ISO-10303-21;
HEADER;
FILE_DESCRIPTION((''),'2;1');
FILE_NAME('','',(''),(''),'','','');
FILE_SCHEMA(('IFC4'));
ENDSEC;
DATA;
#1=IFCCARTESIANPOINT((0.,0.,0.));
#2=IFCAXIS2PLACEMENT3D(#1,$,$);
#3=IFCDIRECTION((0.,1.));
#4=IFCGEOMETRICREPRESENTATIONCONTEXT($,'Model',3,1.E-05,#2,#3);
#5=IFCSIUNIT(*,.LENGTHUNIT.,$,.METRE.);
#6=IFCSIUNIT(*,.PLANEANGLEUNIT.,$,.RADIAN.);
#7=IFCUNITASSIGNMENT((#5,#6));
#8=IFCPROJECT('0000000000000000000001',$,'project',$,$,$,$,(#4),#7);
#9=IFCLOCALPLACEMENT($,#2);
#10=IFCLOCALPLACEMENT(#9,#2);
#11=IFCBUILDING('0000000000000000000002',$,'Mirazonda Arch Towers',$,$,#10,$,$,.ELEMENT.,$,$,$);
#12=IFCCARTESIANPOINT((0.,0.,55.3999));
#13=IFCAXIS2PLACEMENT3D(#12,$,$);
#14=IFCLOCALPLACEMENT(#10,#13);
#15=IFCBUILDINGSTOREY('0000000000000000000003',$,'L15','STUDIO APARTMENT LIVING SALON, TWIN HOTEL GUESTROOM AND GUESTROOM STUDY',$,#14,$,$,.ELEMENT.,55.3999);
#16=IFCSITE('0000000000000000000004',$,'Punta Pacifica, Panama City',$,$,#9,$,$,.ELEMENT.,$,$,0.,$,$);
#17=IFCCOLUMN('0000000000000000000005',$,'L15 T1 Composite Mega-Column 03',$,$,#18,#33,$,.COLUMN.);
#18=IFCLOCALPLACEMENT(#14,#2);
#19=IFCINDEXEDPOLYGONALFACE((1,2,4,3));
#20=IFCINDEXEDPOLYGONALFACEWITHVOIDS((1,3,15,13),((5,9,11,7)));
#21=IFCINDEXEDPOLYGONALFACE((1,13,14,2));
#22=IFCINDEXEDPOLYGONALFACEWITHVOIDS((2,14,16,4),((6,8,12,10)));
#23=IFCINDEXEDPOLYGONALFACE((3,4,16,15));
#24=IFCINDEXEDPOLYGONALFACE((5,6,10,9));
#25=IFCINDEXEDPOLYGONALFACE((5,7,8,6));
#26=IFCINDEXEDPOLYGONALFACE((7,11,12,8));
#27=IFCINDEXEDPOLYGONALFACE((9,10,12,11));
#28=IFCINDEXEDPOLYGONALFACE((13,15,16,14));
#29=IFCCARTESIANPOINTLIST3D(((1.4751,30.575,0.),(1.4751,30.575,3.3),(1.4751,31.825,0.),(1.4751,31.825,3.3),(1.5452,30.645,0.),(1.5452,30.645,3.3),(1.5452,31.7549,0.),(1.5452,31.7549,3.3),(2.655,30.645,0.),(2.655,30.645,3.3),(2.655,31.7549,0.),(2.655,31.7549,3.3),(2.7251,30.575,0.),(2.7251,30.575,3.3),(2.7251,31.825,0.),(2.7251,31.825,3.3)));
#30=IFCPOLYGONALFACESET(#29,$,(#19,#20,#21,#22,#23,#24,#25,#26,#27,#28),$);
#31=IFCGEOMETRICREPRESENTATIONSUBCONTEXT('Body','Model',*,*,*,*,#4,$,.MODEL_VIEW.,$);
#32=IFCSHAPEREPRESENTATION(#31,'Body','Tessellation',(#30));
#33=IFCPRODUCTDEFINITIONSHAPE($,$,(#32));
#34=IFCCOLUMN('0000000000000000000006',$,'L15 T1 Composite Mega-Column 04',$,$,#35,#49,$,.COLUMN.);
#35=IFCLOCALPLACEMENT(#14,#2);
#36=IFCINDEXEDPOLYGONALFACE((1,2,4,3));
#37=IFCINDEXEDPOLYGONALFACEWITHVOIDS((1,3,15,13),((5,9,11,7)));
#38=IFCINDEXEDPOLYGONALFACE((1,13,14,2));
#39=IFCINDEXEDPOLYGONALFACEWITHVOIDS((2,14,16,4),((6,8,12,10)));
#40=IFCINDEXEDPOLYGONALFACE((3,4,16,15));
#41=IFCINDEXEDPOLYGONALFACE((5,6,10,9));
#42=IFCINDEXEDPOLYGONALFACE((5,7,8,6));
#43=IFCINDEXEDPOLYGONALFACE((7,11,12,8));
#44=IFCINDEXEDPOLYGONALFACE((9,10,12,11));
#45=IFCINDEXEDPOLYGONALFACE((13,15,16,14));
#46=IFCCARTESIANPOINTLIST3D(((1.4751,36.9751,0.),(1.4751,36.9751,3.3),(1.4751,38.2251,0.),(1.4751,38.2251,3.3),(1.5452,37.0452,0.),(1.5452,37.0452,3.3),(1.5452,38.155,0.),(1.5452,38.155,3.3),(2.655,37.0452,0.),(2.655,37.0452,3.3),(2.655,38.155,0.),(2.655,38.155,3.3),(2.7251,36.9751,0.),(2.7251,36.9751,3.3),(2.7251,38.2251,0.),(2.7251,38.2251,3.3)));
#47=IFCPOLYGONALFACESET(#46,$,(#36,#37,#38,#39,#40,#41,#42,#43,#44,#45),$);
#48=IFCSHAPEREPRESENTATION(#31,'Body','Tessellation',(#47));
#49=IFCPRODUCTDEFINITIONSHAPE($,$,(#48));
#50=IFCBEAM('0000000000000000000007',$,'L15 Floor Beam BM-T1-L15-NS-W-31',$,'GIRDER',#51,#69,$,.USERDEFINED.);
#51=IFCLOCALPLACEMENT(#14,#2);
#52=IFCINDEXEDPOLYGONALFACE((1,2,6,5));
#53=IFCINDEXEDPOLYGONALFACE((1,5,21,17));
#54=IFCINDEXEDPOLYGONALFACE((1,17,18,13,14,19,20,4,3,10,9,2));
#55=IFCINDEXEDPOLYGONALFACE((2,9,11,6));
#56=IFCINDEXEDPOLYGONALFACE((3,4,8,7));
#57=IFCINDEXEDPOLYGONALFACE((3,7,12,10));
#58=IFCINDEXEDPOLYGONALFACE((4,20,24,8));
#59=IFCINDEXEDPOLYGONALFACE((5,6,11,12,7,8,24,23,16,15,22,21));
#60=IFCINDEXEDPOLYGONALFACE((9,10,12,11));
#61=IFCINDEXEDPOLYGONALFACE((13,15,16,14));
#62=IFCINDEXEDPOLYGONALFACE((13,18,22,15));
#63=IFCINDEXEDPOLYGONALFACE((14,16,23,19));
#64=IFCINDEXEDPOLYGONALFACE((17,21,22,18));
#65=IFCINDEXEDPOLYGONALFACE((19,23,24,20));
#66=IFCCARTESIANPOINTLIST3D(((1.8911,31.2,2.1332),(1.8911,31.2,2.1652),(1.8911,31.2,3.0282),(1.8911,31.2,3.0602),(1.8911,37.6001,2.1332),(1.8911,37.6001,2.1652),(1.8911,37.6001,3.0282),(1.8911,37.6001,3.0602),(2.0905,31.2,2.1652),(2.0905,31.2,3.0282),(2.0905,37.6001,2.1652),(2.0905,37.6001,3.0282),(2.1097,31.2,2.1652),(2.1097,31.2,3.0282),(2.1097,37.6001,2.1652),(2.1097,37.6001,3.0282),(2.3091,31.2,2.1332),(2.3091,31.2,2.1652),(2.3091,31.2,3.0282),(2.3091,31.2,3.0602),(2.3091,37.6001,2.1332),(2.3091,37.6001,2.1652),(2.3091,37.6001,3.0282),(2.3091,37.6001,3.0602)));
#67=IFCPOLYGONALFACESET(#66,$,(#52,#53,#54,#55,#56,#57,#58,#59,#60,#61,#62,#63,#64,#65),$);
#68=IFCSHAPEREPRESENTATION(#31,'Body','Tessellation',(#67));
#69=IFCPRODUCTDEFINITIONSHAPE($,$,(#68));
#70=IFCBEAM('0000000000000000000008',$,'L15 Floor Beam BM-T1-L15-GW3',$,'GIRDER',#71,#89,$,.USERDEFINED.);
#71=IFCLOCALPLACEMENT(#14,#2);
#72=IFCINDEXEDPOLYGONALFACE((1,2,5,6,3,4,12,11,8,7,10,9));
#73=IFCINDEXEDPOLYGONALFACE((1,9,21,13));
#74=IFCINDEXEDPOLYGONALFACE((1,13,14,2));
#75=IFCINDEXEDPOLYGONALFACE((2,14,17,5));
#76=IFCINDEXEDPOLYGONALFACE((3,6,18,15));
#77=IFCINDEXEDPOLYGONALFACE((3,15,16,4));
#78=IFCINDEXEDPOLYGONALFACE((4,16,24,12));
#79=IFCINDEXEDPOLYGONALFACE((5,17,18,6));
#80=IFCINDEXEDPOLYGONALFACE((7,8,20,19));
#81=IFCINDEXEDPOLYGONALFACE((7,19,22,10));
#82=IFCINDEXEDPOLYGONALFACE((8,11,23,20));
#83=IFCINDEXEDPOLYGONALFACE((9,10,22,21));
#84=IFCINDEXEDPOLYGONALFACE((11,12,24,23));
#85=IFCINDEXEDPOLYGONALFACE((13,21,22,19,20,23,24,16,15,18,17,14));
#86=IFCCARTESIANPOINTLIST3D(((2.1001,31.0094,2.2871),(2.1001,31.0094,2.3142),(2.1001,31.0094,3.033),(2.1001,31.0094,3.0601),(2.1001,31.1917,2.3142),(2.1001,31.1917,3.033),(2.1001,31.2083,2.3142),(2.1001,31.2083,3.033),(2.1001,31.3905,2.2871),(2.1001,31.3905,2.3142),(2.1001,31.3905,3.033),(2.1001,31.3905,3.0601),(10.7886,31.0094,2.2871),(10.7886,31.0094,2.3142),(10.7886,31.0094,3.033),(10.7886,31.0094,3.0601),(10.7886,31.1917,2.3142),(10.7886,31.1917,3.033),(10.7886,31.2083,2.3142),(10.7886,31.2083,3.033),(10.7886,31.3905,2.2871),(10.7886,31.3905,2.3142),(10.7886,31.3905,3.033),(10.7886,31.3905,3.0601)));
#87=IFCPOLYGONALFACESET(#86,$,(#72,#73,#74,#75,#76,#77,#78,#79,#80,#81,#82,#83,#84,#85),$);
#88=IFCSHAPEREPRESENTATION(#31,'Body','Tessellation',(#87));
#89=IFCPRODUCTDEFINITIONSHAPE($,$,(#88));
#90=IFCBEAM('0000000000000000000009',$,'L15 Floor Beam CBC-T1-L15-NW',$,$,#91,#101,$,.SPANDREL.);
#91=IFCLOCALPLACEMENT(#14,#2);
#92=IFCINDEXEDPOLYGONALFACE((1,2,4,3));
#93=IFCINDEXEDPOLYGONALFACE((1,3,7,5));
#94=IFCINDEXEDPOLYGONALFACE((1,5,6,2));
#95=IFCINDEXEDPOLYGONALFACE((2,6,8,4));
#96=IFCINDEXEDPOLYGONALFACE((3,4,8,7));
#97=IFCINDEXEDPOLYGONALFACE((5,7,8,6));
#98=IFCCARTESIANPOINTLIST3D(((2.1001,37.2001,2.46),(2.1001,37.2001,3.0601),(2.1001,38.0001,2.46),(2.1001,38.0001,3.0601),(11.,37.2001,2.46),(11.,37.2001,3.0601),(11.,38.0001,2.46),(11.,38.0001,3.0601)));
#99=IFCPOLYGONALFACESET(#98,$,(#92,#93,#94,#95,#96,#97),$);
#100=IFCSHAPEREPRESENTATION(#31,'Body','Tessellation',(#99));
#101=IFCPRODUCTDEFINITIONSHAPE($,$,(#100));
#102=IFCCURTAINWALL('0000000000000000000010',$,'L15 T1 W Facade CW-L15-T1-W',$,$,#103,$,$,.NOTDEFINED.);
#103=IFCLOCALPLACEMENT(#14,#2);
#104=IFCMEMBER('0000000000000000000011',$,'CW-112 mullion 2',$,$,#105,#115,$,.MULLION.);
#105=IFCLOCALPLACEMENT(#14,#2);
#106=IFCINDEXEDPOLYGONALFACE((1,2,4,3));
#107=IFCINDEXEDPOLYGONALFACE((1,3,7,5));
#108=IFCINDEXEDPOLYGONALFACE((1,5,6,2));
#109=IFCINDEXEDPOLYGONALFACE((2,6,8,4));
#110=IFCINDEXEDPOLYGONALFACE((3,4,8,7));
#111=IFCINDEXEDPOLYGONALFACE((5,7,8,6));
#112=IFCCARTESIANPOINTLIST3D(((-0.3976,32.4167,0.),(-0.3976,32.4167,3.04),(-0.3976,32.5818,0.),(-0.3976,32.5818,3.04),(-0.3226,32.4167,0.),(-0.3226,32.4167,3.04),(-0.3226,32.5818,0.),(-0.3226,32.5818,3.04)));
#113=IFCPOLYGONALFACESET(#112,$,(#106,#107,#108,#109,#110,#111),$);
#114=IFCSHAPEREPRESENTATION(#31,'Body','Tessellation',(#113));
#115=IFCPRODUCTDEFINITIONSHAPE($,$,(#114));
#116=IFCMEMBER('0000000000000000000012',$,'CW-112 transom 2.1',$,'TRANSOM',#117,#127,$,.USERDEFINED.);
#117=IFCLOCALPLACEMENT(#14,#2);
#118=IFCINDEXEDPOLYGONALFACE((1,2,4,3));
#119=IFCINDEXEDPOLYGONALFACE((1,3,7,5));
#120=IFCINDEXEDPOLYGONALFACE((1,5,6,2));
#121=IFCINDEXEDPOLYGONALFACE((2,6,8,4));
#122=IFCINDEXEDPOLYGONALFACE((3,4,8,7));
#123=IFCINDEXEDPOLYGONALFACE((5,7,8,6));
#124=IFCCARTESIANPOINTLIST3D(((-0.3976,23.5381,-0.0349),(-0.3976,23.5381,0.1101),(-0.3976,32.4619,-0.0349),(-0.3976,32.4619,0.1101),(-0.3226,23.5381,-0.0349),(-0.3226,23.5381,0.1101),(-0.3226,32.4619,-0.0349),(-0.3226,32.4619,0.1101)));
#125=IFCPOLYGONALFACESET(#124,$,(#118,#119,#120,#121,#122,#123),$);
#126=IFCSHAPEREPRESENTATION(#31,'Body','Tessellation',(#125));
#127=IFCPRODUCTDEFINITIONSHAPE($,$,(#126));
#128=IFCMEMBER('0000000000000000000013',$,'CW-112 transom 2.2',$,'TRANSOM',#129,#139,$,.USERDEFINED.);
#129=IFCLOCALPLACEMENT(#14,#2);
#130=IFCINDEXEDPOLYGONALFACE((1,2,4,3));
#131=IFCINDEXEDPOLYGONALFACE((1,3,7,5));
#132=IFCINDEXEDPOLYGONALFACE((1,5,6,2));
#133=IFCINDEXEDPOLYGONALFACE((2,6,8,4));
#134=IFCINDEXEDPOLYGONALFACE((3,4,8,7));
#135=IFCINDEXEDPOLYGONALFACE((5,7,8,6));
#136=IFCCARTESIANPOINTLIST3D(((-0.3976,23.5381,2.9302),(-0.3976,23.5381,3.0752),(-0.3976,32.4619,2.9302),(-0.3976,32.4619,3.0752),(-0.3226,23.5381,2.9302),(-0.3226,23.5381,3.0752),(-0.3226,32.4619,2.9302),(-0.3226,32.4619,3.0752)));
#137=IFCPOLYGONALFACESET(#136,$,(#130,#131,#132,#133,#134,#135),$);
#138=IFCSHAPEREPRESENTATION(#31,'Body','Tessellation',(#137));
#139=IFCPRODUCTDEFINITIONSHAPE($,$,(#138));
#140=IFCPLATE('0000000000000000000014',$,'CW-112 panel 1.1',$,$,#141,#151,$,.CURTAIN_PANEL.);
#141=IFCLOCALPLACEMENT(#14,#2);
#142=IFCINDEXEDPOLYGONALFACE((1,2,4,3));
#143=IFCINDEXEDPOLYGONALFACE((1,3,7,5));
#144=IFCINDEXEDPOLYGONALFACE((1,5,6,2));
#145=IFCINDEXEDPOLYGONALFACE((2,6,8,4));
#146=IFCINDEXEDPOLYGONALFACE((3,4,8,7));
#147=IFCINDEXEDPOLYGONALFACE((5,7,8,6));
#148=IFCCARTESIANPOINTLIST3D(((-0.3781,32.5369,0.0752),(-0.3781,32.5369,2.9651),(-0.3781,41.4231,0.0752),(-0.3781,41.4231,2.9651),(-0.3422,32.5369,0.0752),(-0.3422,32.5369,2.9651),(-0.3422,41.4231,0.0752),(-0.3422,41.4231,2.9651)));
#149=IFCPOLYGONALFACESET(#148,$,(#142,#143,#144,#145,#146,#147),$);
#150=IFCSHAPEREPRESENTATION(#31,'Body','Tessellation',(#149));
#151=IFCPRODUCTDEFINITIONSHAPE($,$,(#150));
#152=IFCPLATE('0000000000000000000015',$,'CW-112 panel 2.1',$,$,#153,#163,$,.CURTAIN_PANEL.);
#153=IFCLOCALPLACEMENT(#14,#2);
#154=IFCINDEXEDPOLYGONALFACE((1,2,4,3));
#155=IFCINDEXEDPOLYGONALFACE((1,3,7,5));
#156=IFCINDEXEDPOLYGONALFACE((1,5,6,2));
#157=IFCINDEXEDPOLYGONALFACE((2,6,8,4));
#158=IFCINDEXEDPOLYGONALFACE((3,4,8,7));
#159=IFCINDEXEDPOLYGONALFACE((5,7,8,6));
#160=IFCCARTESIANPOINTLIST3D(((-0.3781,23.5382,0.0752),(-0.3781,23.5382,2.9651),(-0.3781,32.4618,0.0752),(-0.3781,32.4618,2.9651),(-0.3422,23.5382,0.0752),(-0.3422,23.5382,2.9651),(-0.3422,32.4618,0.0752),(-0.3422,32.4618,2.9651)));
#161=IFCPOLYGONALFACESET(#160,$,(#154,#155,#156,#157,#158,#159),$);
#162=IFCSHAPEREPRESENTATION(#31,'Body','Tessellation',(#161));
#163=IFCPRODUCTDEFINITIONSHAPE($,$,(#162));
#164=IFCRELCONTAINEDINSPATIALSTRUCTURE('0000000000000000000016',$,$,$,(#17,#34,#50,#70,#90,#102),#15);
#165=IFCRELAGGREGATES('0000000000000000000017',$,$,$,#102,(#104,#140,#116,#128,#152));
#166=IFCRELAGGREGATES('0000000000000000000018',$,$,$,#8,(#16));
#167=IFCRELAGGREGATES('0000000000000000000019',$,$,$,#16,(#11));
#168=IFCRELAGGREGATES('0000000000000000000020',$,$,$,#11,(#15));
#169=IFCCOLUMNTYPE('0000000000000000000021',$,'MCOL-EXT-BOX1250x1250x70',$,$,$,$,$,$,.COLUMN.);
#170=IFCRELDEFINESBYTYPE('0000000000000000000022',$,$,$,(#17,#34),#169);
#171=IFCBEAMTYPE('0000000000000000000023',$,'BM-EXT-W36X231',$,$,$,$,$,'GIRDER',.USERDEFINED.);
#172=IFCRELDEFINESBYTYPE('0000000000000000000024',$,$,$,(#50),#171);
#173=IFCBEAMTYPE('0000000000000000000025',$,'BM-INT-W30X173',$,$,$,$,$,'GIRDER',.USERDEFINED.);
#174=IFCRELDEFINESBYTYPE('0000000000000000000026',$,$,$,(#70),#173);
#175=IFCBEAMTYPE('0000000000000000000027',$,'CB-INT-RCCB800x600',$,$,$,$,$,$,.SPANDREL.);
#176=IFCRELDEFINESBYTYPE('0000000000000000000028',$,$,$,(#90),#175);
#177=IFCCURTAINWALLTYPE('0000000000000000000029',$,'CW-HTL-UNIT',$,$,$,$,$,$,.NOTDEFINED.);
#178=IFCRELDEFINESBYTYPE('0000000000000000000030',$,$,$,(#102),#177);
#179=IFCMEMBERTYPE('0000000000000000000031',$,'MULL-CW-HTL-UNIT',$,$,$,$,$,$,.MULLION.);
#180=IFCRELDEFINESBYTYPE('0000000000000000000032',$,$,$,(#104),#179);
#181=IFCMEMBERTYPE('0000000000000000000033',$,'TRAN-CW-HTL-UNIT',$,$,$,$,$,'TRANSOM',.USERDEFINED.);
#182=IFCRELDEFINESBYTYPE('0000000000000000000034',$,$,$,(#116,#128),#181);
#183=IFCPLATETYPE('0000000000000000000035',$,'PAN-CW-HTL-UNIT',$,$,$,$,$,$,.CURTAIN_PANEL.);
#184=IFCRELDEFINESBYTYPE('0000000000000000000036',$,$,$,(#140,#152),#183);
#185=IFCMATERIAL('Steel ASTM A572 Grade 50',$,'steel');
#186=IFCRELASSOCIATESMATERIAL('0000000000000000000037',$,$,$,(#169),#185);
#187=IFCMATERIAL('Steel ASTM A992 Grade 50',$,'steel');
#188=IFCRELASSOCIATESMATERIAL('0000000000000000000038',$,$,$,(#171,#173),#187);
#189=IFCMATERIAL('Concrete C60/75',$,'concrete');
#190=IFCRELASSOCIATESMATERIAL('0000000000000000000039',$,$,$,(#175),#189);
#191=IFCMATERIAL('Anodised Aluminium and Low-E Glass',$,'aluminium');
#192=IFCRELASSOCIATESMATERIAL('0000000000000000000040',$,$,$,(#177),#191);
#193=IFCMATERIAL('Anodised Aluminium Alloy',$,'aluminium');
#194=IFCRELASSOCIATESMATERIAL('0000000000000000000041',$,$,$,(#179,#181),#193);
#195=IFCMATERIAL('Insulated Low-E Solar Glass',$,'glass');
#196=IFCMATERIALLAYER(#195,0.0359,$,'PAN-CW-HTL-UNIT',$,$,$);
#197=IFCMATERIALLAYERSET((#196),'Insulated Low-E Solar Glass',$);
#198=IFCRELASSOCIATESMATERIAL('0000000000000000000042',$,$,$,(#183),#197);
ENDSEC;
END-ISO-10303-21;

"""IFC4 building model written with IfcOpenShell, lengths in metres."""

from ifc_helpers import new_model, si_unit, direction, frame, origin, origin_2d, place, context, subcontext, project, spatial, rectangle, hollow_rectangle, i_section, extrude, material, layer, layer_set, material_profile, profile_set, type_object, element, aggregate, save


model = new_model("IFC4")

# Units and contexts
model_context = context("Model", 3, precision=1e-05, world=origin(), true_north=direction((0.0, 1.0)))
body_context = subcontext(model_context, "Body", "Model", "MODEL_VIEW")
ifc_project = project(units=[si_unit("LENGTHUNIT", "METRE"), si_unit("PLANEANGLEUNIT", "RADIAN")], contexts=[model_context])

# Site, building, storey
site_placement = place(None, origin())
site = spatial("IfcSite", under=ifc_project, at=site_placement, Name="Punta Pacifica, Panama City", CompositionType="ELEMENT", RefElevation=0.0)
building_placement = place(site_placement, origin())
building = spatial("IfcBuilding", under=site, at=building_placement, Name="Mirazonda Arch Towers", CompositionType="ELEMENT")
storey_placement = place(building_placement, frame((0.0, 0.0, 55.3999)))
storey = spatial("IfcBuildingStorey", under=building, at=storey_placement, Name="L15", Description="STUDIO APARTMENT LIVING SALON, TWIN HOTEL GUESTROOM AND GUESTROOM STUDY", CompositionType="ELEMENT", Elevation=55.3999)

# Columns
ifc_material_1 = material(Name="Steel ASTM A572 Grade 50", Category="steel")
ifc_material_profile_1 = material_profile(ifc_material_1, hollow_rectangle(XDim=1.25, YDim=1.25, WallThickness=0.0701, at=origin_2d()), Name="BOX1250x1250x70")
ifc_profile_set_1 = profile_set([ifc_material_profile_1], Name="Steel ASTM A572 Grade 50")
column_type = type_object("IfcColumnType", Name="MCOL-EXT-BOX1250x1250x70", PredefinedType="COLUMN", material=ifc_profile_set_1)
for number, where, z_axis, x_axis, name in (
    (1, (2.1001, 31.2, 0.0), (0.0, 0.0, 1.0), (1.0, 0.0, 0.0), "L15 T1 Composite Mega-Column 03"),
    (2, (2.1001, 37.6001, 0.0), (0.0, 0.0, 1.0), (1.0, 0.0, 0.0), "L15 T1 Composite Mega-Column 04"),
):
    element("IfcColumn", number, at=place(storey_placement, frame(where, z_axis=z_axis, x_axis=x_axis)), inside=storey, type_object=column_type, Name=name, PredefinedType="COLUMN", context=body_context, shape_type="SweptSolid", body=[
        extrude(hollow_rectangle(XDim=1.25, YDim=1.25, WallThickness=0.0701, at=origin_2d()), origin(), (0.0, 0.0, 1.0), 3.3),
    ])

# Beams
ifc_material_2 = material(Name="Steel ASTM A992 Grade 50", Category="steel")
ifc_material_profile_2 = material_profile(ifc_material_2, i_section(OverallWidth=0.418, OverallDepth=0.927, WebThickness=0.0193, FlangeThickness=0.032, at=origin_2d()), Name="W36X231")
ifc_profile_set_2 = profile_set([ifc_material_profile_2], Name="Steel ASTM A992 Grade 50")
beam_type_1 = type_object("IfcBeamType", Name="BM-EXT-W36X231", ElementType="GIRDER", PredefinedType="USERDEFINED", material=ifc_profile_set_2)
beam_1_placement = place(storey_placement, frame((2.1001, 31.2, 2.5967), z_axis=(0.0, 1.0, 0.0), x_axis=(-1.0, 0.0, 0.0)))
element("IfcBeam", 3, at=beam_1_placement, inside=storey, type_object=beam_type_1, Name="L15 Floor Beam BM-T1-L15-NS-W-31", ObjectType="GIRDER", PredefinedType="USERDEFINED", context=body_context, shape_type="SweptSolid", body=[
    extrude(i_section(OverallWidth=0.418, OverallDepth=0.927, WebThickness=0.0193, FlangeThickness=0.032, at=origin_2d()), origin(), (0.0, 0.0, 1.0), 6.4001),
])
ifc_material_profile_3 = material_profile(ifc_material_2, i_section(OverallWidth=0.3811, OverallDepth=0.7729, WebThickness=0.0166, FlangeThickness=0.0271, at=origin_2d()), Name="W30X173")
ifc_profile_set_3 = profile_set([ifc_material_profile_3], Name="Steel ASTM A992 Grade 50")
beam_type_2 = type_object("IfcBeamType", Name="BM-INT-W30X173", ElementType="GIRDER", PredefinedType="USERDEFINED", material=ifc_profile_set_3)
beam_2_placement = place(storey_placement, frame((2.1001, 31.2, 2.6736), z_axis=(1.0, 0.0, 0.0), x_axis=(0.0, 1.0, 0.0)))
element("IfcBeam", 4, at=beam_2_placement, inside=storey, type_object=beam_type_2, Name="L15 Floor Beam BM-T1-L15-GW3", ObjectType="GIRDER", PredefinedType="USERDEFINED", context=body_context, shape_type="SweptSolid", body=[
    extrude(i_section(OverallWidth=0.3811, OverallDepth=0.7729, WebThickness=0.0166, FlangeThickness=0.0271, at=origin_2d()), origin(), (0.0, 0.0, 1.0), 8.6885),
])
ifc_material_3 = material(Name="Concrete C60/75", Category="concrete")
ifc_material_profile_4 = material_profile(ifc_material_3, rectangle(XDim=0.8, YDim=0.6001, at=origin_2d()), Name="RCCB800x600")
ifc_profile_set_4 = profile_set([ifc_material_profile_4], Name="Concrete C60/75")
beam_type_3 = type_object("IfcBeamType", Name="CB-INT-RCCB800x600", PredefinedType="SPANDREL", material=ifc_profile_set_4)
beam_3_placement = place(storey_placement, frame((2.1001, 37.6001, 2.76), z_axis=(1.0, 0.0, 0.0), x_axis=(0.0, 1.0, 0.0)))
element("IfcBeam", 5, at=beam_3_placement, inside=storey, type_object=beam_type_3, Name="L15 Floor Beam CBC-T1-L15-NW", PredefinedType="SPANDREL", context=body_context, shape_type="SweptSolid", body=[
    extrude(rectangle(XDim=0.8, YDim=0.6001, at=origin_2d()), origin(), (0.0, 0.0, 1.0), 8.8999),
])

# Curtain wall, members, plates
ifc_material_4 = material(Name="Anodised Aluminium and Low-E Glass", Category="aluminium")
curtain_wall_type = type_object("IfcCurtainWallType", Name="CW-HTL-UNIT", PredefinedType="NOTDEFINED", material=ifc_material_4)
curtain_wall_placement = place(storey_placement, origin())
curtain_wall = element("IfcCurtainWall", 6, at=curtain_wall_placement, inside=storey, type_object=curtain_wall_type, Name="L15 T1 W Facade CW-L15-T1-W", PredefinedType="NOTDEFINED")
ifc_material_5 = material(Name="Anodised Aluminium Alloy", Category="aluminium")
ifc_material_profile_5 = material_profile(ifc_material_5, rectangle(XDim=0.075, YDim=0.165, at=origin_2d()), Name="ALU-MULL-75x165")
ifc_profile_set_5 = profile_set([ifc_material_profile_5], Name="Anodised Aluminium Alloy")
member_type_1 = type_object("IfcMemberType", Name="MULL-CW-HTL-UNIT", PredefinedType="MULLION", material=ifc_profile_set_5)
member_1_placement = place(storey_placement, frame((-0.3601, 32.4993, 0.0), z_axis=(0.0, 0.0, 1.0), x_axis=(1.0, 0.0, 0.0)))
member_1 = element("IfcMember", 7, at=member_1_placement, type_object=member_type_1, Name="CW-112 mullion 2", PredefinedType="MULLION", context=body_context, shape_type="SweptSolid", body=[
    extrude(rectangle(XDim=0.075, YDim=0.165, at=origin_2d()), origin(), (0.0, 0.0, 1.0), 3.04),
])
ifc_material_profile_6 = material_profile(ifc_material_5, rectangle(XDim=0.075, YDim=0.145, at=origin_2d()), Name="ALU-TRAN-75x145")
ifc_profile_set_6 = profile_set([ifc_material_profile_6], Name="Anodised Aluminium Alloy")
member_type_2 = type_object("IfcMemberType", Name="TRAN-CW-HTL-UNIT", ElementType="TRANSOM", PredefinedType="USERDEFINED", material=ifc_profile_set_6)
member_2_placement = place(storey_placement, frame((-0.3601, 32.4619, 0.0376), z_axis=(0.0, -1.0, 0.0), x_axis=(1.0, 0.0, 0.0)))
member_2 = element("IfcMember", 8, at=member_2_placement, type_object=member_type_2, Name="CW-112 transom 2.1", ObjectType="TRANSOM", PredefinedType="USERDEFINED", context=body_context, shape_type="SweptSolid", body=[
    extrude(rectangle(XDim=0.075, YDim=0.145, at=origin_2d()), origin(), (0.0, 0.0, 1.0), 8.9238),
])
member_3_placement = place(storey_placement, frame((-0.3601, 32.4619, 3.0027), z_axis=(0.0, -1.0, 0.0), x_axis=(1.0, 0.0, 0.0)))
member_3 = element("IfcMember", 9, at=member_3_placement, type_object=member_type_2, Name="CW-112 transom 2.2", ObjectType="TRANSOM", PredefinedType="USERDEFINED", context=body_context, shape_type="SweptSolid", body=[
    extrude(rectangle(XDim=0.075, YDim=0.145, at=origin_2d()), origin(), (0.0, 0.0, 1.0), 8.9238),
])
ifc_material_6 = material(Name="Insulated Low-E Solar Glass", Category="glass")
ifc_layer_1 = layer(ifc_material_6, 0.0359, Name="PAN-CW-HTL-UNIT")
ifc_layer_set_1 = layer_set([ifc_layer_1], Name="Insulated Low-E Solar Glass")
plate_type = type_object("IfcPlateType", Name="PAN-CW-HTL-UNIT", PredefinedType="CURTAIN_PANEL", material=ifc_layer_set_1)
plate_1_placement = place(storey_placement, frame((-0.3601, 36.98, 0.0752), z_axis=(0.0, 0.0, 1.0), x_axis=(0.0, -1.0, 0.0)))
plate_1 = element("IfcPlate", 10, at=plate_1_placement, type_object=plate_type, Name="CW-112 panel 1.1", PredefinedType="CURTAIN_PANEL", context=body_context, shape_type="SweptSolid", body=[
    extrude(rectangle(XDim=8.8862, YDim=0.0359, at=origin_2d()), origin(), (0.0, 0.0, 1.0), 2.8899),
])
plate_2_placement = place(storey_placement, frame((-0.3601, 28.0, 0.0752), z_axis=(0.0, 0.0, 1.0), x_axis=(0.0, -1.0, 0.0)))
plate_2 = element("IfcPlate", 11, at=plate_2_placement, type_object=plate_type, Name="CW-112 panel 2.1", PredefinedType="CURTAIN_PANEL", context=body_context, shape_type="SweptSolid", body=[
    extrude(rectangle(XDim=8.9236, YDim=0.0359, at=origin_2d()), origin(), (0.0, 0.0, 1.0), 2.8899),
])
aggregate(curtain_wall, [member_1, plate_1, member_2, member_3, plate_2])

save(model, "model.ifc")
